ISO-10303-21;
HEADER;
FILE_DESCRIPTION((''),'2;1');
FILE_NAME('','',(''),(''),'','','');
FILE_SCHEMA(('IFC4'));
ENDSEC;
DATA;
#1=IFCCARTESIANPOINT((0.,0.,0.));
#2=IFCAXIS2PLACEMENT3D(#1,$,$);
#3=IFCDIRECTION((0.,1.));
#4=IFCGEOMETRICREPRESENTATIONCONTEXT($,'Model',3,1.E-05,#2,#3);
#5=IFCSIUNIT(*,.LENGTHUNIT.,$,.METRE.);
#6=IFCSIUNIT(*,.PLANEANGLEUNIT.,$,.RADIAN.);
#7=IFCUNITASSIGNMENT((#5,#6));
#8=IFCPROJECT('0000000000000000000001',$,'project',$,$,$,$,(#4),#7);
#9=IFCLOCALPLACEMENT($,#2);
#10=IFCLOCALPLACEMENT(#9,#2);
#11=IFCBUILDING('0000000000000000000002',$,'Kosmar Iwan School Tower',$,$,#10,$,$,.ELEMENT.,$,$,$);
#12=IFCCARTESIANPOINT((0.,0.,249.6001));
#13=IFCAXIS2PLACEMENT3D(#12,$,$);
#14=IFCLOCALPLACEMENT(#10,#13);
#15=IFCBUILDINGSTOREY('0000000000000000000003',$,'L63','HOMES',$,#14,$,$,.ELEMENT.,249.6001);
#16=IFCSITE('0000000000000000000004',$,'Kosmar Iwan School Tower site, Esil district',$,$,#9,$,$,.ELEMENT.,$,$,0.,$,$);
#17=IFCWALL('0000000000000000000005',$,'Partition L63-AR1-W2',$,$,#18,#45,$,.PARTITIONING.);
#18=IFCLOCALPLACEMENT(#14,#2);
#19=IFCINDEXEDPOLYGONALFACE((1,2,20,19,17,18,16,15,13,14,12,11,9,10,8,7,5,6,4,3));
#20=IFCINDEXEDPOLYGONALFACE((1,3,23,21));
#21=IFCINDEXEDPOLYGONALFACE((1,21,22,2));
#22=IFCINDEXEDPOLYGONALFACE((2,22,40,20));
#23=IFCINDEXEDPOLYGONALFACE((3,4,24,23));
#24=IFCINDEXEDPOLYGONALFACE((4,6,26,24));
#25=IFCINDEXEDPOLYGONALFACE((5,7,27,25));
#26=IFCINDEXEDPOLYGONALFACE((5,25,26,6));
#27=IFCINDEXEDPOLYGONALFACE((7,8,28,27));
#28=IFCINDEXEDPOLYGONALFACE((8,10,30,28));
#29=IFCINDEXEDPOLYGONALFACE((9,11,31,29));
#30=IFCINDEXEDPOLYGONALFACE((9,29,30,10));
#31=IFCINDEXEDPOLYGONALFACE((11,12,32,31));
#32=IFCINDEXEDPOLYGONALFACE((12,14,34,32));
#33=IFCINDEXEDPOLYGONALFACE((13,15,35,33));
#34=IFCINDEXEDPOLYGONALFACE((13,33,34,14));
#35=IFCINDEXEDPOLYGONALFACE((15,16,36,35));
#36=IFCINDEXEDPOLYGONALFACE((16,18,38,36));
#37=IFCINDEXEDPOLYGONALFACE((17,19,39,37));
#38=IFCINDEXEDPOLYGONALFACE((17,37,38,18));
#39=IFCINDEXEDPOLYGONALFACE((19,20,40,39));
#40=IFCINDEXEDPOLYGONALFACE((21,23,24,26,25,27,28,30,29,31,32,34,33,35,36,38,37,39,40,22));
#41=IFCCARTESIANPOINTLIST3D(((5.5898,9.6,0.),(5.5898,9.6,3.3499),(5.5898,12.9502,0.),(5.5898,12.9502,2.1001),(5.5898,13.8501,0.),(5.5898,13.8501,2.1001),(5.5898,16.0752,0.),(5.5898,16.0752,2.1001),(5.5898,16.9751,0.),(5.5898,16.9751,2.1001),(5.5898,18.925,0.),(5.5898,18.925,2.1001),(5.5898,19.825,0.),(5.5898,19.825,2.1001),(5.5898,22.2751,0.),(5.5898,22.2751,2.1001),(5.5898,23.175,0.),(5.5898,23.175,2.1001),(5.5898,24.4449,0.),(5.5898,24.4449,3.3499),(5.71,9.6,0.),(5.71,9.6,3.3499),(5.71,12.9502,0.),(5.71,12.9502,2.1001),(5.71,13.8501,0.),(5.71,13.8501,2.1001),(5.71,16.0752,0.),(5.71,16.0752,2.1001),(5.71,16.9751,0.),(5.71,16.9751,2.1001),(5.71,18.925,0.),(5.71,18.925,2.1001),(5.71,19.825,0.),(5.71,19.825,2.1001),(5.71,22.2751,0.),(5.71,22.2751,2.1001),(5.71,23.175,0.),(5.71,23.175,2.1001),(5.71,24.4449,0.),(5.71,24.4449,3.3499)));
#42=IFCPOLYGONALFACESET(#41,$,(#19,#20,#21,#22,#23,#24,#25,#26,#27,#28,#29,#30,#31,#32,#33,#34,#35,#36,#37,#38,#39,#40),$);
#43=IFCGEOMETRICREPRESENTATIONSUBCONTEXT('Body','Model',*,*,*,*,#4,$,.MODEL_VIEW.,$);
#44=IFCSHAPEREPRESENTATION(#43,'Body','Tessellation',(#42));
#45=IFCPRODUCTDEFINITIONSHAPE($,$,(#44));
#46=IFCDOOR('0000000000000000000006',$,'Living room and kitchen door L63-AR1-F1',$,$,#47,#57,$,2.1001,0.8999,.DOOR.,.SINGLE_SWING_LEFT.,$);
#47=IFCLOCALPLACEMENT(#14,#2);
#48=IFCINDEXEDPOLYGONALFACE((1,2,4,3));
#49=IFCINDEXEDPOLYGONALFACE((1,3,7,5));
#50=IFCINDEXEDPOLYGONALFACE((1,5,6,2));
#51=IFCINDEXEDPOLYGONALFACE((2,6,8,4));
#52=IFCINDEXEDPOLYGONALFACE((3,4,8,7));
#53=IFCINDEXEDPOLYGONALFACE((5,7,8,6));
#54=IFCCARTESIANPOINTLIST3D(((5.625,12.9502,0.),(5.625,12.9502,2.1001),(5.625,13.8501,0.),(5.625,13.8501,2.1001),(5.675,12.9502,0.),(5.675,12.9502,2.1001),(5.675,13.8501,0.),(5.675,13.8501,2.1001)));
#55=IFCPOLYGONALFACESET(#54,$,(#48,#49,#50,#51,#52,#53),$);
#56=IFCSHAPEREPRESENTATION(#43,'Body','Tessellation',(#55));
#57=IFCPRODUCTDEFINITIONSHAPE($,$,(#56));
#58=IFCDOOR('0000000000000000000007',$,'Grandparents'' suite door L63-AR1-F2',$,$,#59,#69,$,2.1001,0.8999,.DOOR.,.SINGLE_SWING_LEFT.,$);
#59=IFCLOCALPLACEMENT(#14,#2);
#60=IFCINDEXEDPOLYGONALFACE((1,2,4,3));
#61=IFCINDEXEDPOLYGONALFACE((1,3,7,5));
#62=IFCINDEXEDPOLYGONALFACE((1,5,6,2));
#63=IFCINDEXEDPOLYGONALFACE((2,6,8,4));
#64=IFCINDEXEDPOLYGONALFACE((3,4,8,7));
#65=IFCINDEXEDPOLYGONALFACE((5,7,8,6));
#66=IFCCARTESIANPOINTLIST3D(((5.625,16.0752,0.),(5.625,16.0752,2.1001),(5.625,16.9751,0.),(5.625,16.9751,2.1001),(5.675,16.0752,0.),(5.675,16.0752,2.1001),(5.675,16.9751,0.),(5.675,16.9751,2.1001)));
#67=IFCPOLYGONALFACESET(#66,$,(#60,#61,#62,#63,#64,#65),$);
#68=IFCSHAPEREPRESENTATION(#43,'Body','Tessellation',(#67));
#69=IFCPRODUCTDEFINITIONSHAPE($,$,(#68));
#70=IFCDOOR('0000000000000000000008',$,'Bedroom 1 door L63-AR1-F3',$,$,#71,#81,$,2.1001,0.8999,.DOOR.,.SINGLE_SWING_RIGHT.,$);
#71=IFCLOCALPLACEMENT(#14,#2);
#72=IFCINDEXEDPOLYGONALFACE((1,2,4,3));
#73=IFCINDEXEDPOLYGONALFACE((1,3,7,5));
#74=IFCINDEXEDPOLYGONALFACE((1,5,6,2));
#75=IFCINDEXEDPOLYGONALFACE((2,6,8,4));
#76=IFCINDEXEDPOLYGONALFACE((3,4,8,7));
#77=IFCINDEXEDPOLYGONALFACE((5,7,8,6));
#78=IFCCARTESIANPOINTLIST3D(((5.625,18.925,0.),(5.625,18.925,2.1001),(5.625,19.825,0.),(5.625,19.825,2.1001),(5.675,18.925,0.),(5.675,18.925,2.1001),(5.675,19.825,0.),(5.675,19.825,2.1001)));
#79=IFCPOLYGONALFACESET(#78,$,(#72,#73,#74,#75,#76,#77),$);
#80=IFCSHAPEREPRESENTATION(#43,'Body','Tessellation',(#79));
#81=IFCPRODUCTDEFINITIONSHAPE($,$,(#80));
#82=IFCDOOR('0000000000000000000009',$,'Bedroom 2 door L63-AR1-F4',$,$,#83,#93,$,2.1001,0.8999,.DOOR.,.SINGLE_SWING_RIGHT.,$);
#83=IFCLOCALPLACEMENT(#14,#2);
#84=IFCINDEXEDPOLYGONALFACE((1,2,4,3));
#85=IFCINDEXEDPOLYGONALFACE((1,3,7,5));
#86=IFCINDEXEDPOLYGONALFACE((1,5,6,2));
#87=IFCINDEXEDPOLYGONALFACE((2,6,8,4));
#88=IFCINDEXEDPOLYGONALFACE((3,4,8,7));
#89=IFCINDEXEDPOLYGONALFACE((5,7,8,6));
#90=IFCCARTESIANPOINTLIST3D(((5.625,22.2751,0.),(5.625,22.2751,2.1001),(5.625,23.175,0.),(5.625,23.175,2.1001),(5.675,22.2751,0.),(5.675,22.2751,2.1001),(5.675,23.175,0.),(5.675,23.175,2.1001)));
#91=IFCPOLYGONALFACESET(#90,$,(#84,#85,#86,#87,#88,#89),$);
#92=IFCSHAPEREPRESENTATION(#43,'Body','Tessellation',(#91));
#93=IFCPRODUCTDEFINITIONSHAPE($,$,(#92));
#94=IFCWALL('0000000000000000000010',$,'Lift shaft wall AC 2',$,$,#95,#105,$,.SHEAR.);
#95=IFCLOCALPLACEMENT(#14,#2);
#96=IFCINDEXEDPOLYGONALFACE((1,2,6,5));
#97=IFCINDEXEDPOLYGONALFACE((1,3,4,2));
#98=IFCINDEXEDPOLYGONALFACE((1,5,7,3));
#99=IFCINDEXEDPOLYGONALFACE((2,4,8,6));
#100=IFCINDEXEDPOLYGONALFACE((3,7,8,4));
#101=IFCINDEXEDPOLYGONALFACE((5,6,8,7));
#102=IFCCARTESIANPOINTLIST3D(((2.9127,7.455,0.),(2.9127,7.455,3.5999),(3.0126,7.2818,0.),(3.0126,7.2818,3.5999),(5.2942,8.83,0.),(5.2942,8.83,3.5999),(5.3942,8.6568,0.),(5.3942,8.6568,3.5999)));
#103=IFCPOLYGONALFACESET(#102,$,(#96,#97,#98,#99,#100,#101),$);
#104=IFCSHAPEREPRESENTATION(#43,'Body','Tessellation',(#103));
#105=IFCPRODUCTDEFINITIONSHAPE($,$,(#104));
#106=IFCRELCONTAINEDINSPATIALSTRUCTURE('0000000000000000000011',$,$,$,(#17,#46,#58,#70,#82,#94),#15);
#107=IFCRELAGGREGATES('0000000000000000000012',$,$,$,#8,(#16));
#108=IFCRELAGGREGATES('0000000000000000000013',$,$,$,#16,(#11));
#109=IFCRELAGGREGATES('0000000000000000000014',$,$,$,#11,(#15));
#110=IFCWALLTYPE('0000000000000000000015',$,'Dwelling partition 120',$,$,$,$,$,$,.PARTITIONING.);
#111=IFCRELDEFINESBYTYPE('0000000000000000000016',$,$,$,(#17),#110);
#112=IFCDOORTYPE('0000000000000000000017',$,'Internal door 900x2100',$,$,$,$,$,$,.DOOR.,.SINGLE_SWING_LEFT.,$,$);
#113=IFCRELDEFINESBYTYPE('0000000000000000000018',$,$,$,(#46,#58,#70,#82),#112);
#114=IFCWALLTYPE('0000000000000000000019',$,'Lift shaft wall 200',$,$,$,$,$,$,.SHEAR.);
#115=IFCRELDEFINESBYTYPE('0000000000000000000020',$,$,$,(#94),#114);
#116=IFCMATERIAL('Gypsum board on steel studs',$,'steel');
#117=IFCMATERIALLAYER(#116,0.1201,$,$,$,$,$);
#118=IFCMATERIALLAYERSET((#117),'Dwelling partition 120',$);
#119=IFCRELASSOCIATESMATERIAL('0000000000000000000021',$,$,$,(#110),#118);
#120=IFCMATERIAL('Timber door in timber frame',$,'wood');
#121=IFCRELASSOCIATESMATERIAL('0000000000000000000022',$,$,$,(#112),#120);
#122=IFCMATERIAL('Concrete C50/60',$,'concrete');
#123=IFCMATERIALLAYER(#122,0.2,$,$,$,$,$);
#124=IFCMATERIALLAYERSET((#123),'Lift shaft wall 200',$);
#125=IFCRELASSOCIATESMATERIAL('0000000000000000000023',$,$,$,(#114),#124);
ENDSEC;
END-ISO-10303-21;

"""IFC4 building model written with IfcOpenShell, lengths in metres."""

from ifc_helpers import new_model, si_unit, direction, frame, frame_2d, origin, place, context, subcontext, project, spatial, rectangle, extrude, material, layer, layer_set, type_object, element, fill, save


model = new_model("IFC4")

# Units and contexts
model_context = context("Model", 3, precision=1e-05, world=origin(), true_north=direction((0.0, 1.0)))
body_context = subcontext(model_context, "Body", "Model", "MODEL_VIEW")
ifc_project = project(units=[si_unit("LENGTHUNIT", "METRE"), si_unit("PLANEANGLEUNIT", "RADIAN")], contexts=[model_context])

# Site, building, storey
site_placement = place(None, origin())
site = spatial("IfcSite", under=ifc_project, at=site_placement, Name="Kosmar Iwan School Tower site, Esil district", CompositionType="ELEMENT", RefElevation=0.0)
building_placement = place(site_placement, origin())
building = spatial("IfcBuilding", under=site, at=building_placement, Name="Kosmar Iwan School Tower", CompositionType="ELEMENT")
storey_placement = place(building_placement, frame((0.0, 0.0, 249.6001)))
storey = spatial("IfcBuildingStorey", under=building, at=storey_placement, Name="L63", Description="HOMES", CompositionType="ELEMENT", Elevation=249.6001)

# Wall, openings, doors
ifc_material_1 = material(Name="Gypsum board on steel studs", Category="steel")
ifc_layer_1 = layer(ifc_material_1, 0.1201)
ifc_layer_set_1 = layer_set([ifc_layer_1], Name="Dwelling partition 120")
wall_type_1 = type_object("IfcWallType", Name="Dwelling partition 120", PredefinedType="PARTITIONING", material=ifc_layer_set_1)
ifc_material_2 = material(Name="Timber door in timber frame", Category="wood")
door_type_1 = type_object("IfcDoorType", Name="Internal door 900x2100", OperationType="SINGLE_SWING_LEFT", PredefinedType="DOOR", material=ifc_material_2)
wall_1_placement = place(storey_placement, frame((5.6499, 9.6001, 0.0), z_axis=(0.0, 0.0, 1.0), x_axis=(0.0, 1.0, 0.0)))
wall_1 = element("IfcWall", 1, at=wall_1_placement, inside=storey, type_object=wall_type_1, Name="Partition L63-AR1-W2", PredefinedType="PARTITIONING", context=body_context, shape_type="SweptSolid", body=[
    extrude(rectangle(XDim=14.845, YDim=0.1201, at=frame_2d((7.4224, 0.0))), origin(), (0.0, 0.0, 1.0), 3.3499),
])
opening_1_placement = place(wall_1_placement, frame((3.3501, 0.0, 0.0)))
opening_1 = element("IfcOpeningElement", 2, at=opening_1_placement, cuts=wall_1, PredefinedType="OPENING", context=body_context, shape_type="SweptSolid", body=[
    extrude(rectangle(XDim=0.8999, YDim=2.1001, at=frame_2d((0.45, 1.05))), frame((0.0, 0.072, 0.0), z_axis=(0.0, -1.0, 0.0), x_axis=(1.0, 0.0, 0.0)), (0.0, 0.0, 1.0), 0.144),
])
opening_2_placement = place(wall_1_placement, frame((6.4751, 0.0, 0.0)))
opening_2 = element("IfcOpeningElement", 3, at=opening_2_placement, cuts=wall_1, PredefinedType="OPENING", context=body_context, shape_type="SweptSolid", body=[
    extrude(rectangle(XDim=0.8999, YDim=2.1001, at=frame_2d((0.45, 1.05))), frame((0.0, 0.072, 0.0), z_axis=(0.0, -1.0, 0.0), x_axis=(1.0, 0.0, 0.0)), (0.0, 0.0, 1.0), 0.144),
])
opening_3_placement = place(wall_1_placement, frame((9.325, 0.0, 0.0)))
opening_3 = element("IfcOpeningElement", 4, at=opening_3_placement, cuts=wall_1, PredefinedType="OPENING", context=body_context, shape_type="SweptSolid", body=[
    extrude(rectangle(XDim=0.8999, YDim=2.1001, at=frame_2d((0.45, 1.05))), frame((0.0, 0.072, 0.0), z_axis=(0.0, -1.0, 0.0), x_axis=(1.0, 0.0, 0.0)), (0.0, 0.0, 1.0), 0.144),
])
opening_4_placement = place(wall_1_placement, frame((12.675, 0.0, 0.0)))
opening_4 = element("IfcOpeningElement", 5, at=opening_4_placement, cuts=wall_1, PredefinedType="OPENING", context=body_context, shape_type="SweptSolid", body=[
    extrude(rectangle(XDim=0.8999, YDim=2.1001, at=frame_2d((0.45, 1.05))), frame((0.0, 0.072, 0.0), z_axis=(0.0, -1.0, 0.0), x_axis=(1.0, 0.0, 0.0)), (0.0, 0.0, 1.0), 0.144),
])
door_1_placement = place(opening_1_placement, origin())
door_1 = element("IfcDoor", 6, at=door_1_placement, inside=storey, type_object=door_type_1, Name="Living room and kitchen door L63-AR1-F1", OperationType="SINGLE_SWING_LEFT", OverallHeight=2.1001, OverallWidth=0.8999, PredefinedType="DOOR", context=body_context, shape_type="SweptSolid", body=[
    extrude(rectangle(XDim=0.8999, YDim=2.1001, at=frame_2d((0.45, 1.05))), frame((0.0, 0.0249, 0.0), z_axis=(0.0, -1.0, 0.0), x_axis=(1.0, 0.0, 0.0)), (0.0, 0.0, 1.0), 0.05),
])
fill(opening_1, door_1)
door_2_placement = place(opening_2_placement, origin())
door_2 = element("IfcDoor", 7, at=door_2_placement, inside=storey, type_object=door_type_1, Name="Grandparents' suite door L63-AR1-F2", OperationType="SINGLE_SWING_LEFT", OverallHeight=2.1001, OverallWidth=0.8999, PredefinedType="DOOR", context=body_context, shape_type="SweptSolid", body=[
    extrude(rectangle(XDim=0.8999, YDim=2.1001, at=frame_2d((0.45, 1.05))), frame((0.0, 0.0249, 0.0), z_axis=(0.0, -1.0, 0.0), x_axis=(1.0, 0.0, 0.0)), (0.0, 0.0, 1.0), 0.05),
])
fill(opening_2, door_2)
door_3_placement = place(opening_3_placement, origin())
door_3 = element("IfcDoor", 8, at=door_3_placement, inside=storey, type_object=door_type_1, Name="Bedroom 1 door L63-AR1-F3", OperationType="SINGLE_SWING_RIGHT", OverallHeight=2.1001, OverallWidth=0.8999, PredefinedType="DOOR", context=body_context, shape_type="SweptSolid", body=[
    extrude(rectangle(XDim=0.8999, YDim=2.1001, at=frame_2d((0.45, 1.05))), frame((0.0, 0.0249, 0.0), z_axis=(0.0, -1.0, 0.0), x_axis=(1.0, 0.0, 0.0)), (0.0, 0.0, 1.0), 0.05),
])
fill(opening_3, door_3)
door_4_placement = place(opening_4_placement, origin())
door_4 = element("IfcDoor", 9, at=door_4_placement, inside=storey, type_object=door_type_1, Name="Bedroom 2 door L63-AR1-F4", OperationType="SINGLE_SWING_RIGHT", OverallHeight=2.1001, OverallWidth=0.8999, PredefinedType="DOOR", context=body_context, shape_type="SweptSolid", body=[
    extrude(rectangle(XDim=0.8999, YDim=2.1001, at=frame_2d((0.45, 1.05))), frame((0.0, 0.0249, 0.0), z_axis=(0.0, -1.0, 0.0), x_axis=(1.0, 0.0, 0.0)), (0.0, 0.0, 1.0), 0.05),
])
fill(opening_4, door_4)

# Wall
ifc_material_3 = material(Name="Concrete C50/60", Category="concrete")
ifc_layer_2 = layer(ifc_material_3, 0.2)
ifc_layer_set_2 = layer_set([ifc_layer_2], Name="Lift shaft wall 200")
wall_type_2 = type_object("IfcWallType", Name="Lift shaft wall 200", PredefinedType="SHEAR", material=ifc_layer_set_2)
wall_2_placement = place(storey_placement, frame((2.9626, 7.3684, 0.0), z_axis=(0.0, 0.0, 1.0), x_axis=(0.866027, 0.499997, 0.0)))
element("IfcWall", 10, at=wall_2_placement, inside=storey, type_object=wall_type_2, Name="Lift shaft wall AC 2", PredefinedType="SHEAR", context=body_context, shape_type="SweptSolid", body=[
    extrude(rectangle(XDim=2.75, YDim=0.2, at=frame_2d((1.375, 0.0))), origin(), (0.0, 0.0, 1.0), 3.5999),
])

save(model, "model.ifc")
